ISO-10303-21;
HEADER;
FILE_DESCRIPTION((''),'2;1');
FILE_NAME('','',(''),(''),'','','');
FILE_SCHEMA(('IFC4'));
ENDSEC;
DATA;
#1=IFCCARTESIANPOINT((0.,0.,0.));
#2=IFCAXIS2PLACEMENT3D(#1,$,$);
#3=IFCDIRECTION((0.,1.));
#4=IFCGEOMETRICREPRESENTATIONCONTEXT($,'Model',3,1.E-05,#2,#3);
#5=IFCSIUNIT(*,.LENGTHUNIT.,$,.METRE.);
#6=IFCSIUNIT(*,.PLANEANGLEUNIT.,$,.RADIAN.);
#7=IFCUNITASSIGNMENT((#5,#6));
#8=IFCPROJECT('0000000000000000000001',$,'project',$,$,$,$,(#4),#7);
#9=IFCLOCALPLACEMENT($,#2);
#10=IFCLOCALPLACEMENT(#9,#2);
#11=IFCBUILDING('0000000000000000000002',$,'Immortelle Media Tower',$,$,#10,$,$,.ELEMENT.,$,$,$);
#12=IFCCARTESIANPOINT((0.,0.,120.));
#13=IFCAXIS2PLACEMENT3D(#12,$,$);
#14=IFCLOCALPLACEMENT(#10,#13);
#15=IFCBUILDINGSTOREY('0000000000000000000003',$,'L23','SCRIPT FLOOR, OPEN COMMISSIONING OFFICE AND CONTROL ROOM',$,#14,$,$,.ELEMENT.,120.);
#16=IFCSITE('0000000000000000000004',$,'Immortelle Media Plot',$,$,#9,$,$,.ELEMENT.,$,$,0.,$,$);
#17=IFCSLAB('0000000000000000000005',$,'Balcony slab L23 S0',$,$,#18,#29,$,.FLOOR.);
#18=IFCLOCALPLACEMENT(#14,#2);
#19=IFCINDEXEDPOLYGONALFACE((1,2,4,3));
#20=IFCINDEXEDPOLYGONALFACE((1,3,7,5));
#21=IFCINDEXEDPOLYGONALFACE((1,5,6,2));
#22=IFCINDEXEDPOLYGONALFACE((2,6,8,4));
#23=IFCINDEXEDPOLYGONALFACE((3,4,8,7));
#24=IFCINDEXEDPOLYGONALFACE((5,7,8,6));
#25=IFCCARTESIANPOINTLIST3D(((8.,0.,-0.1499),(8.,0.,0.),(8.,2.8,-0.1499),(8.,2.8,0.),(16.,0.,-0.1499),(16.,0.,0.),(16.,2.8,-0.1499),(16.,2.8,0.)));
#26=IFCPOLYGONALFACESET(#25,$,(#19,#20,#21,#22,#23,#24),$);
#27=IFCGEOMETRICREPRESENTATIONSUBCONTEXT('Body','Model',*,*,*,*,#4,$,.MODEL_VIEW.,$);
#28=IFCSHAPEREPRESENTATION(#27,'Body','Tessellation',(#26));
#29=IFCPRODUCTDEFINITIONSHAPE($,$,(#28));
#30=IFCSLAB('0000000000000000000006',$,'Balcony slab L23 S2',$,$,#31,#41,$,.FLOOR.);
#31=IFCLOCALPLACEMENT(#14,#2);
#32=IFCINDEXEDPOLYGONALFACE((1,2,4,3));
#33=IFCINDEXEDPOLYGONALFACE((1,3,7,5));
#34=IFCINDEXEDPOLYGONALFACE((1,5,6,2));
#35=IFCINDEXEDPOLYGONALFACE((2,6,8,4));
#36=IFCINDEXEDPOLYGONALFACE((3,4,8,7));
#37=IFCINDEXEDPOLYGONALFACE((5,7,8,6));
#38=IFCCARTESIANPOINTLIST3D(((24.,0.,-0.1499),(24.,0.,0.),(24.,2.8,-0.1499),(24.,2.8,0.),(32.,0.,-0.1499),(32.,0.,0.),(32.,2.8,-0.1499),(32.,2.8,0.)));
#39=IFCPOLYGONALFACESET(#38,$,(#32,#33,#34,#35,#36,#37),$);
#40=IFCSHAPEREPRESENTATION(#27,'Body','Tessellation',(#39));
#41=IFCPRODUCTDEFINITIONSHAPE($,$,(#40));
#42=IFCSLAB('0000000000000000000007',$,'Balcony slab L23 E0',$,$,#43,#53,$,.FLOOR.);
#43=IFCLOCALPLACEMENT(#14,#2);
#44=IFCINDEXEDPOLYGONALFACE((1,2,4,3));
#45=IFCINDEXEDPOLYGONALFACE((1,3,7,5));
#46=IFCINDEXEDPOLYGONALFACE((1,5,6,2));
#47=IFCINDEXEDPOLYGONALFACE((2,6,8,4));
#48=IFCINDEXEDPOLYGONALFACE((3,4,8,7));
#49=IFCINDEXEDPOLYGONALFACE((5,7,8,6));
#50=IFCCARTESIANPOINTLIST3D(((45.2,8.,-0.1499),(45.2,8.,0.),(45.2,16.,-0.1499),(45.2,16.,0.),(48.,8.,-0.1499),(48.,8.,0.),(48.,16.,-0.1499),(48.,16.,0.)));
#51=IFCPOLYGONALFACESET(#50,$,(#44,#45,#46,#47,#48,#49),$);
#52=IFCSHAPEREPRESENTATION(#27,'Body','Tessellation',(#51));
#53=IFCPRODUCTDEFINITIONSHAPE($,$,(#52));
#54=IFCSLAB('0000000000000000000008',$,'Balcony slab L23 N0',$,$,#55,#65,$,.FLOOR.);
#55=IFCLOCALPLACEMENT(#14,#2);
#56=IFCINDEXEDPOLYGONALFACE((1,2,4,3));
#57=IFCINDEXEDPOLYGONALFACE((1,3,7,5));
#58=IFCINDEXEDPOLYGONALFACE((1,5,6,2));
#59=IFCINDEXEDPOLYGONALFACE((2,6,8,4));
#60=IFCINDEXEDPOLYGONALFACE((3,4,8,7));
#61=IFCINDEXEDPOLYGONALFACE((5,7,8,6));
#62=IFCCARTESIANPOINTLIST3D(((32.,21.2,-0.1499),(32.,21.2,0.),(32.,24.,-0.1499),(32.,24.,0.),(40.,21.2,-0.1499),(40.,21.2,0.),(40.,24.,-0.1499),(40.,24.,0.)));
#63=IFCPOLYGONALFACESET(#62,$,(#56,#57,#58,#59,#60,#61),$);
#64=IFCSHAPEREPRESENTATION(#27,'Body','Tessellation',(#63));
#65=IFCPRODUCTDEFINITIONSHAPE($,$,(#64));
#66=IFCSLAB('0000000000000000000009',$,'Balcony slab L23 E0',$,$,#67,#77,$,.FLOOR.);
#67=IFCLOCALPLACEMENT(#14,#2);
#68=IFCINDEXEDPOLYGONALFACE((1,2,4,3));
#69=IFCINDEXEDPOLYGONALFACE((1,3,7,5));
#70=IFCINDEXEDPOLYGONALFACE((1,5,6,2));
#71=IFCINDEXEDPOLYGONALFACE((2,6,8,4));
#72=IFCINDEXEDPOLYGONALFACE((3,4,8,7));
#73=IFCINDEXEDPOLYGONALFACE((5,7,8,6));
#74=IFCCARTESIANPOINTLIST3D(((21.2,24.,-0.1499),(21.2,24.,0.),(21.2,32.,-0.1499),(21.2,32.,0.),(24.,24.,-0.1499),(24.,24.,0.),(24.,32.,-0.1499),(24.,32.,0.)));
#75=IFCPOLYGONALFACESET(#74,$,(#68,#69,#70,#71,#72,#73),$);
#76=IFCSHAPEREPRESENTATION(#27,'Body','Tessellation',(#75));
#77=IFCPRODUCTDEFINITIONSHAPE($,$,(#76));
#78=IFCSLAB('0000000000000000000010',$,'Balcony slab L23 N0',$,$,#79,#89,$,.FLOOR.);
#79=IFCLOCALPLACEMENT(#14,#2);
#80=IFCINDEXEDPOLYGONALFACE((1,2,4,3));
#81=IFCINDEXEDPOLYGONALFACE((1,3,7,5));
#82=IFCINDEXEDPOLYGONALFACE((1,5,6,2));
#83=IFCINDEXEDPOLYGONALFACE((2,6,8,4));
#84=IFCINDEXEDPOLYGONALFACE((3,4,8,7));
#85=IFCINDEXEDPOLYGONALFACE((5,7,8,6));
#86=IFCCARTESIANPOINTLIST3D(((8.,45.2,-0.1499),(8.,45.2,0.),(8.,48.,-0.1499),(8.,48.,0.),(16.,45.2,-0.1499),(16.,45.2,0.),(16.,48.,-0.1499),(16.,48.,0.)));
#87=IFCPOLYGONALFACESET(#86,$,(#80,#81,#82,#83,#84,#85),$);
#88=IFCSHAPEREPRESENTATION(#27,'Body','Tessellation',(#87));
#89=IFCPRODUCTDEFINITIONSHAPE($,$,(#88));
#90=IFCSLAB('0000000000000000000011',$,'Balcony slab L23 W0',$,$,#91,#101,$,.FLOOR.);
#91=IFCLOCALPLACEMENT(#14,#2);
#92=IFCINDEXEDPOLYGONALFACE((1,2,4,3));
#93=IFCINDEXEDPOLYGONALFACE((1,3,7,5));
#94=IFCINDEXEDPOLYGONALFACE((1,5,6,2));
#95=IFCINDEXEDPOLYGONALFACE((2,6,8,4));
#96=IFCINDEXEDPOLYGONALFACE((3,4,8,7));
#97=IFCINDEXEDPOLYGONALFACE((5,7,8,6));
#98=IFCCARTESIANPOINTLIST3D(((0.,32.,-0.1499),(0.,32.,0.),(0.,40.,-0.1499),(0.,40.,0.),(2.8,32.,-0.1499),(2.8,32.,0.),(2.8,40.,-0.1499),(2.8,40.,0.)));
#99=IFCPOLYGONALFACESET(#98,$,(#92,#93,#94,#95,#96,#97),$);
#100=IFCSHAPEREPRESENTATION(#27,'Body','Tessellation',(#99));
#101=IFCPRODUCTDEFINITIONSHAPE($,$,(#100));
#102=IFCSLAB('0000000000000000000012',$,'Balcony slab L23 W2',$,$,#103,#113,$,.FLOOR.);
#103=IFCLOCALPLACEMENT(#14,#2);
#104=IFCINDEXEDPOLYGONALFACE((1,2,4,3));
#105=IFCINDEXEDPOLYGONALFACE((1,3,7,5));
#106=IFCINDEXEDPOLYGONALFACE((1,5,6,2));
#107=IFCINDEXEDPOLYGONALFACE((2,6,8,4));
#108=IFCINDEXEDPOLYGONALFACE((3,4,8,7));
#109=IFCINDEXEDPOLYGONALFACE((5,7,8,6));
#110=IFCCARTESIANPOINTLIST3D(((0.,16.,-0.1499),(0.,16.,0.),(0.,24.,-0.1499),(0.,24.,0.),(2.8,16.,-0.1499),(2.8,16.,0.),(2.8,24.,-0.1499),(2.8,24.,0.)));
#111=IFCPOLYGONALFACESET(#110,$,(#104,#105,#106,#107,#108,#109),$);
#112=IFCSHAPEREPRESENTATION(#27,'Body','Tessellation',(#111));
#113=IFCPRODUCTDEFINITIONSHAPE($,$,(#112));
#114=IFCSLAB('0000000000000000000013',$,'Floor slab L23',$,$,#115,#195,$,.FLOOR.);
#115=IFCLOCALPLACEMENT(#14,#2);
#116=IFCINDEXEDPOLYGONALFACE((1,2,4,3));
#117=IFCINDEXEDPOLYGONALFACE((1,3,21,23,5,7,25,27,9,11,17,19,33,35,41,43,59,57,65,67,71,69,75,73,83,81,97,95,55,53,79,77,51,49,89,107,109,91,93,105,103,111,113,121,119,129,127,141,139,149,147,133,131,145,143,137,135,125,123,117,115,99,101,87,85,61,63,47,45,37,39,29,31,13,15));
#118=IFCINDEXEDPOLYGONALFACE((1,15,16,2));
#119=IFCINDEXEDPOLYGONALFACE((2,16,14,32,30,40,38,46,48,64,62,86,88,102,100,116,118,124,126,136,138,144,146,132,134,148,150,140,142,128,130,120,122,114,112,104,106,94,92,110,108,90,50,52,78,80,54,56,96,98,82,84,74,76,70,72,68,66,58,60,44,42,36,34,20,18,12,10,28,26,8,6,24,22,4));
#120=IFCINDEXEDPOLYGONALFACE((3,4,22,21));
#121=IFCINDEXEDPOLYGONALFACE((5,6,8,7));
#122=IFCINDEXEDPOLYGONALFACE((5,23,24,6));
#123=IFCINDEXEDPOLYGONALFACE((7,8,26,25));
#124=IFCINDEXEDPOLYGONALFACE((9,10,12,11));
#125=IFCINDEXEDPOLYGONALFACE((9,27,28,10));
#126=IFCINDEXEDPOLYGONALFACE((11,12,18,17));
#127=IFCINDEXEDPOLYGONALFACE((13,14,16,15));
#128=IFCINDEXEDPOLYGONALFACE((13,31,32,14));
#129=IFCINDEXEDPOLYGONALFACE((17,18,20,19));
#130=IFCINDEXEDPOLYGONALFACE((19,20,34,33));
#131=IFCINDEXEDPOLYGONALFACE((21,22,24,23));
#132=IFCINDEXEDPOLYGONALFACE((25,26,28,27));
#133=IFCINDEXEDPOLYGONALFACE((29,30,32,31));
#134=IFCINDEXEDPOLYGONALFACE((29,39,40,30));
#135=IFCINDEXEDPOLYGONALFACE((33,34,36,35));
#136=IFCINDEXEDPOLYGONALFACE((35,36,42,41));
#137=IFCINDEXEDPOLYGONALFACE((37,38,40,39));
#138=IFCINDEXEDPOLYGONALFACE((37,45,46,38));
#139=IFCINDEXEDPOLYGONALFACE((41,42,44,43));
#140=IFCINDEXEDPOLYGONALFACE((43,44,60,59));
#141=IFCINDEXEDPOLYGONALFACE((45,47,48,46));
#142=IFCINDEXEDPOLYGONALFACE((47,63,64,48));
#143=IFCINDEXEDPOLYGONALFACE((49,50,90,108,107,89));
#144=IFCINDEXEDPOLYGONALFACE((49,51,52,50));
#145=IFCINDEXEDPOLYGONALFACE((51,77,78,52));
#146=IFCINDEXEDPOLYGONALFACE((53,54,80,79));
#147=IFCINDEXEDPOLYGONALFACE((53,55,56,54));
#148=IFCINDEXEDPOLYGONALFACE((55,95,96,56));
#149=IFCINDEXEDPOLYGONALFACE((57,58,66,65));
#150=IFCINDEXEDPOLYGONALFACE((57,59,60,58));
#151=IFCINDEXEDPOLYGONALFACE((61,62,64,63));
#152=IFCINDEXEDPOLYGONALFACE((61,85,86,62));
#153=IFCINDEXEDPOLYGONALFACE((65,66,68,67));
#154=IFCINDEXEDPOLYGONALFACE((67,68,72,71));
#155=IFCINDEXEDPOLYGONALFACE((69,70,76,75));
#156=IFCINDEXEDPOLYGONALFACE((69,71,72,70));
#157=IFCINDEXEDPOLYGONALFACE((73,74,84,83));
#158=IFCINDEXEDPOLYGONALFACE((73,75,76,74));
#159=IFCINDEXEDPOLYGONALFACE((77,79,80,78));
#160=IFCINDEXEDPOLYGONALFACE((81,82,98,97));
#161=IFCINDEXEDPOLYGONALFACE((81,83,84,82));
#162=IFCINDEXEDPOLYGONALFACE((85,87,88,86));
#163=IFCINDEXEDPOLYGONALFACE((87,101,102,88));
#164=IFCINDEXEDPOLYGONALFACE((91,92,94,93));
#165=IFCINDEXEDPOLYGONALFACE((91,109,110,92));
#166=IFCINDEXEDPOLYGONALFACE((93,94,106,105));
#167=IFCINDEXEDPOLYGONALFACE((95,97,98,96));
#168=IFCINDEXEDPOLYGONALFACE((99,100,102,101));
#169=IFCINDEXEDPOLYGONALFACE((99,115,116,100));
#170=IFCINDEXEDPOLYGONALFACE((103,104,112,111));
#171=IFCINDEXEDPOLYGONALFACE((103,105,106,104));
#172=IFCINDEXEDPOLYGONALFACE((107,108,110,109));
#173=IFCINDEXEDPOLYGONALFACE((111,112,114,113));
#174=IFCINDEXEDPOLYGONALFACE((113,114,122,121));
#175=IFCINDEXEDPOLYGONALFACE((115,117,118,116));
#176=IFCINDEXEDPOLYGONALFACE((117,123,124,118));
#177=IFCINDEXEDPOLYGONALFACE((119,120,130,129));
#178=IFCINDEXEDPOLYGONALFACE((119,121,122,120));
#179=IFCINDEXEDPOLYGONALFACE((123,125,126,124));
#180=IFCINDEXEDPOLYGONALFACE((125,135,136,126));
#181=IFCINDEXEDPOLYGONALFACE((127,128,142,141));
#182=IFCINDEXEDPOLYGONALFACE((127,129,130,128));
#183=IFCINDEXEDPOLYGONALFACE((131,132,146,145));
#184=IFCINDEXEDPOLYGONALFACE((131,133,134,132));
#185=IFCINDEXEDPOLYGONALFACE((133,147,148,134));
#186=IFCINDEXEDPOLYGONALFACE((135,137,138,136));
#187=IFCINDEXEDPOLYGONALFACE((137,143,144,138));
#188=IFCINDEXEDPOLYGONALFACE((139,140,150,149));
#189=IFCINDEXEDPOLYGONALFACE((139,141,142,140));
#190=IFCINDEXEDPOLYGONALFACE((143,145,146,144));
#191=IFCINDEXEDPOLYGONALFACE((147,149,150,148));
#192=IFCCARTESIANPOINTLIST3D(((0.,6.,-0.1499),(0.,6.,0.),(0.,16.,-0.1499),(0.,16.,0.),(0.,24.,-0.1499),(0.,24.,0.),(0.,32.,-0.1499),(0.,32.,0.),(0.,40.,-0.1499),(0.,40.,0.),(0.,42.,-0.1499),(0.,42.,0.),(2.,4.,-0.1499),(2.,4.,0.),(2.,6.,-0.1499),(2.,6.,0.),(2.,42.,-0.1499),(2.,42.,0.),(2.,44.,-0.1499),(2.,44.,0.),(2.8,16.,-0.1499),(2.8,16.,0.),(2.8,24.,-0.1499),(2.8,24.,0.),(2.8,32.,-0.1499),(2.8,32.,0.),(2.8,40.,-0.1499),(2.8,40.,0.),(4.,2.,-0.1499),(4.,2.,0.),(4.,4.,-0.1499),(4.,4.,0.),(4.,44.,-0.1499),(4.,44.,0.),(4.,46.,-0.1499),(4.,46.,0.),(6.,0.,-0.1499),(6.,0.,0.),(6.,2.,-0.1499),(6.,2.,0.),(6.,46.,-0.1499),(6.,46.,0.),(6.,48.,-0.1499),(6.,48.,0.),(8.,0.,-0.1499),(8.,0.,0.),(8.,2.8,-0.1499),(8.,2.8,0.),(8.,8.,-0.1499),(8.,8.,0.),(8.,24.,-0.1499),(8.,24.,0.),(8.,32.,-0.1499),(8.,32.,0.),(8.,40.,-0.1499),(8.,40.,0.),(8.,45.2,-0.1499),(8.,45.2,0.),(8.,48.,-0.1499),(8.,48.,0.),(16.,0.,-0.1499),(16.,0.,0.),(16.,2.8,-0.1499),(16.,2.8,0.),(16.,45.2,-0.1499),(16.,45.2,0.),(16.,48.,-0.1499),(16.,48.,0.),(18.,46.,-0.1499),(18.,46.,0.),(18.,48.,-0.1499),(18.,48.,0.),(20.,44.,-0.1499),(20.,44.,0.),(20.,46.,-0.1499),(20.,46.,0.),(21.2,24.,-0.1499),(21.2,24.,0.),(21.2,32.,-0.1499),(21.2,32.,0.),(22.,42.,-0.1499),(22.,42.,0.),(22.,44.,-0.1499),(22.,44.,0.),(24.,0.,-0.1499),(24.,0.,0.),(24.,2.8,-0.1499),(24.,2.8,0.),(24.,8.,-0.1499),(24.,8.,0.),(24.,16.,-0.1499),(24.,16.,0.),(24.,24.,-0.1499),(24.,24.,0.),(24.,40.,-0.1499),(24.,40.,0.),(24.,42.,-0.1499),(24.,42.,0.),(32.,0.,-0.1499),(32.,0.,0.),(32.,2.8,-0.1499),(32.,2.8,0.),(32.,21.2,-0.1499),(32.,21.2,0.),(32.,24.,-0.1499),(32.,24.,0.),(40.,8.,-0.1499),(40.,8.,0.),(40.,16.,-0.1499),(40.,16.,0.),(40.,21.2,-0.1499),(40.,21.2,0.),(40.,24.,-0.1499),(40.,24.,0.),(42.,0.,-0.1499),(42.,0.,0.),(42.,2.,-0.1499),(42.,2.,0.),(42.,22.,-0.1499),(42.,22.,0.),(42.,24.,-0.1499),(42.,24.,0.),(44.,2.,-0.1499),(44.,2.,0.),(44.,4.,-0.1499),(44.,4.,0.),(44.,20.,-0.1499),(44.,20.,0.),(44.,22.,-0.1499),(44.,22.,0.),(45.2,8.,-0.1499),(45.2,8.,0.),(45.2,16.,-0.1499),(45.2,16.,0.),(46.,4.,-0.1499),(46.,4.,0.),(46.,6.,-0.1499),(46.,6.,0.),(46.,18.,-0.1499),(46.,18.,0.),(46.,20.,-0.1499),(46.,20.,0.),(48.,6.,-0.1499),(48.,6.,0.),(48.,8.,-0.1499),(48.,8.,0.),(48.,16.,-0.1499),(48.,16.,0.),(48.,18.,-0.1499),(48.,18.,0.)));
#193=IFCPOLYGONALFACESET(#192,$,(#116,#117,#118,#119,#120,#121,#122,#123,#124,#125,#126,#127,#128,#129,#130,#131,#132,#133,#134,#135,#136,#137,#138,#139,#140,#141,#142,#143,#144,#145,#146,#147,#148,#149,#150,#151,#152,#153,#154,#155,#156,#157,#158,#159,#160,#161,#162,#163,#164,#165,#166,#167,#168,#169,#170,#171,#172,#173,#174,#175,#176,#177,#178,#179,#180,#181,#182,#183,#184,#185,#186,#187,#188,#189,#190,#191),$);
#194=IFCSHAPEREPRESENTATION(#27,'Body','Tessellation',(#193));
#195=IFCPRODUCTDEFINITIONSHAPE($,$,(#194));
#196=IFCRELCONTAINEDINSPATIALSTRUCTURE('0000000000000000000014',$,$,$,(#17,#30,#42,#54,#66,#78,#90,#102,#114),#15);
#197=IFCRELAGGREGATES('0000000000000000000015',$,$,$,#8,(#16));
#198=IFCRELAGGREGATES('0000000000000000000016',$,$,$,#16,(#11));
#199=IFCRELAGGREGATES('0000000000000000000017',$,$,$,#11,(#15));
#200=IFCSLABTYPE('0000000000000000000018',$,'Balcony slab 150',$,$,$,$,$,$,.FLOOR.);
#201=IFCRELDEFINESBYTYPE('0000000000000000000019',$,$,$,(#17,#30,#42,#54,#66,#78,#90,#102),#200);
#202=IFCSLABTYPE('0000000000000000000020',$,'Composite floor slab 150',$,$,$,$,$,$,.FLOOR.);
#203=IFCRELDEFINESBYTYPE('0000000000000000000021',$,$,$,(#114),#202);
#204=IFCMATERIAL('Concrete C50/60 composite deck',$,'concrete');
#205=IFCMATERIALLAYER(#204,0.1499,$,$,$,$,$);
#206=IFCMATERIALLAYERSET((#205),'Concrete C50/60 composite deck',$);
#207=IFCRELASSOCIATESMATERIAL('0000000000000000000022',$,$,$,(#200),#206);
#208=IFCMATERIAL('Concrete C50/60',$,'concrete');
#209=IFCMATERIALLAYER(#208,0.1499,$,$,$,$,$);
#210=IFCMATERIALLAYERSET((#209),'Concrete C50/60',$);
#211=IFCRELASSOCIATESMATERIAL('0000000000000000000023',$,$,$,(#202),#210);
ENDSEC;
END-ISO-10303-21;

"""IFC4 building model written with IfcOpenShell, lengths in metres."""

from ifc_helpers import new_model, si_unit, direction, frame, origin, place, context, subcontext, project, spatial, polyline, outline, extrude, material, layer, layer_set, type_object, element, save


model = new_model("IFC4")

# Units and contexts
model_context = context("Model", 3, precision=1e-05, world=origin(), true_north=direction((0.0, 1.0)))
body_context = subcontext(model_context, "Body", "Model", "MODEL_VIEW")
ifc_project = project(units=[si_unit("LENGTHUNIT", "METRE"), si_unit("PLANEANGLEUNIT", "RADIAN")], contexts=[model_context])

# Site, building, storey
site_placement = place(None, origin())
site = spatial("IfcSite", under=ifc_project, at=site_placement, Name="Immortelle Media Plot", CompositionType="ELEMENT", RefElevation=0.0)
building_placement = place(site_placement, origin())
building = spatial("IfcBuilding", under=site, at=building_placement, Name="Immortelle Media Tower", CompositionType="ELEMENT")
storey_placement = place(building_placement, frame((0.0, 0.0, 120.0)))
storey = spatial("IfcBuildingStorey", under=building, at=storey_placement, Name="L23", Description="SCRIPT FLOOR, OPEN COMMISSIONING OFFICE AND CONTROL ROOM", CompositionType="ELEMENT", Elevation=120.0)

# Slabs
ifc_material_1 = material(Name="Concrete C50/60 composite deck", Category="concrete")
ifc_layer_1 = layer(ifc_material_1, 0.1499)
ifc_layer_set_1 = layer_set([ifc_layer_1], Name="Concrete C50/60 composite deck")
slab_type_1 = type_object("IfcSlabType", Name="Balcony slab 150", PredefinedType="FLOOR", material=ifc_layer_set_1)
slab_1_placement = place(storey_placement, frame((0.0, 0.0, -0.1499)))
element("IfcSlab", 1, at=slab_1_placement, inside=storey, type_object=slab_type_1, Name="Balcony slab L23 S0", PredefinedType="FLOOR", context=body_context, shape_type="SweptSolid", body=[
    extrude(outline(polyline([(16.0, 0.0), (16.0, 2.8), (8.0, 2.8), (8.0, 0.0), (16.0, 0.0)])), origin(), (0.0, 0.0, 1.0), 0.1499),
])
slab_2_placement = place(storey_placement, frame((0.0, 0.0, -0.1499)))
element("IfcSlab", 2, at=slab_2_placement, inside=storey, type_object=slab_type_1, Name="Balcony slab L23 S2", PredefinedType="FLOOR", context=body_context, shape_type="SweptSolid", body=[
    extrude(outline(polyline([(32.0, 0.0), (32.0, 2.8), (24.0, 2.8), (24.0, 0.0), (32.0, 0.0)])), origin(), (0.0, 0.0, 1.0), 0.1499),
])
slab_3_placement = place(storey_placement, frame((0.0, 0.0, -0.1499)))
element("IfcSlab", 3, at=slab_3_placement, inside=storey, type_object=slab_type_1, Name="Balcony slab L23 E0", PredefinedType="FLOOR", context=body_context, shape_type="SweptSolid", body=[
    extrude(outline(polyline([(48.0, 8.0), (48.0, 16.0), (45.2, 16.0), (45.2, 8.0), (48.0, 8.0)])), origin(), (0.0, 0.0, 1.0), 0.1499),
])
slab_4_placement = place(storey_placement, frame((0.0, 0.0, -0.1499)))
element("IfcSlab", 4, at=slab_4_placement, inside=storey, type_object=slab_type_1, Name="Balcony slab L23 N0", PredefinedType="FLOOR", context=body_context, shape_type="SweptSolid", body=[
    extrude(outline(polyline([(40.0, 21.2), (40.0, 24.0), (32.0, 24.0), (32.0, 21.2), (40.0, 21.2)])), origin(), (0.0, 0.0, 1.0), 0.1499),
])
slab_5_placement = place(storey_placement, frame((0.0, 0.0, -0.1499)))
element("IfcSlab", 5, at=slab_5_placement, inside=storey, type_object=slab_type_1, Name="Balcony slab L23 E0", PredefinedType="FLOOR", context=body_context, shape_type="SweptSolid", body=[
    extrude(outline(polyline([(24.0, 24.0), (24.0, 32.0), (21.2, 32.0), (21.2, 24.0), (24.0, 24.0)])), origin(), (0.0, 0.0, 1.0), 0.1499),
])
slab_6_placement = place(storey_placement, frame((0.0, 0.0, -0.1499)))
element("IfcSlab", 6, at=slab_6_placement, inside=storey, type_object=slab_type_1, Name="Balcony slab L23 N0", PredefinedType="FLOOR", context=body_context, shape_type="SweptSolid", body=[
    extrude(outline(polyline([(16.0, 45.2), (16.0, 48.0), (8.0, 48.0), (8.0, 45.2), (16.0, 45.2)])), origin(), (0.0, 0.0, 1.0), 0.1499),
])
slab_7_placement = place(storey_placement, frame((0.0, 0.0, -0.1499)))
element("IfcSlab", 7, at=slab_7_placement, inside=storey, type_object=slab_type_1, Name="Balcony slab L23 W0", PredefinedType="FLOOR", context=body_context, shape_type="SweptSolid", body=[
    extrude(outline(polyline([(2.8, 32.0), (2.8, 40.0), (0.0, 40.0), (0.0, 32.0), (2.8, 32.0)])), origin(), (0.0, 0.0, 1.0), 0.1499),
])
slab_8_placement = place(storey_placement, frame((0.0, 0.0, -0.1499)))
element("IfcSlab", 8, at=slab_8_placement, inside=storey, type_object=slab_type_1, Name="Balcony slab L23 W2", PredefinedType="FLOOR", context=body_context, shape_type="SweptSolid", body=[
    extrude(outline(polyline([(2.8, 16.0), (2.8, 24.0), (0.0, 24.0), (0.0, 16.0), (2.8, 16.0)])), origin(), (0.0, 0.0, 1.0), 0.1499),
])
ifc_material_2 = material(Name="Concrete C50/60", Category="concrete")
ifc_layer_2 = layer(ifc_material_2, 0.1499)
ifc_layer_set_2 = layer_set([ifc_layer_2], Name="Concrete C50/60")
slab_type_2 = type_object("IfcSlabType", Name="Composite floor slab 150", PredefinedType="FLOOR", material=ifc_layer_set_2)
slab_9_placement = place(storey_placement, frame((0.0, 0.0, -0.1499)))
element("IfcSlab", 9, at=slab_9_placement, inside=storey, type_object=slab_type_2, Name="Floor slab L23", PredefinedType="FLOOR", context=body_context, shape_type="SweptSolid", body=[
    extrude(outline(polyline([(6.0, 0.0), (6.0, 2.0), (4.0, 2.0), (4.0, 4.0), (2.0, 4.0), (2.0, 6.0), (0.0, 6.0), (0.0, 16.0), (2.8, 16.0), (2.8, 24.0), (0.0, 24.0), (0.0, 32.0), (2.8, 32.0), (2.8, 40.0), (0.0, 40.0), (0.0, 42.0), (2.0, 42.0), (2.0, 44.0), (4.0, 44.0), (4.0, 46.0), (6.0, 46.0), (6.0, 48.0), (8.0, 48.0), (8.0, 45.2), (16.0, 45.2), (16.0, 48.0), (18.0, 48.0), (18.0, 46.0), (20.0, 46.0), (20.0, 44.0), (22.0, 44.0), (22.0, 42.0), (24.0, 42.0), (24.0, 40.0), (8.0, 40.0), (8.0, 32.0), (21.2, 32.0), (21.2, 24.0), (8.0, 24.0), (8.0, 8.0), (24.0, 8.0), (40.0, 8.0), (40.0, 16.0), (24.0, 16.0), (24.0, 24.0), (32.0, 24.0), (32.0, 21.2), (40.0, 21.2), (40.0, 24.0), (42.0, 24.0), (42.0, 22.0), (44.0, 22.0), (44.0, 20.0), (46.0, 20.0), (46.0, 18.0), (48.0, 18.0), (48.0, 16.0), (45.2, 16.0), (45.2, 8.0), (48.0, 8.0), (48.0, 6.0), (46.0, 6.0), (46.0, 4.0), (44.0, 4.0), (44.0, 2.0), (42.0, 2.0), (42.0, 0.0), (32.0, 0.0), (32.0, 2.8), (24.0, 2.8), (24.0, 0.0), (16.0, 0.0), (16.0, 2.8), (8.0, 2.8), (8.0, 0.0), (6.0, 0.0)])), origin(), (0.0, 0.0, 1.0), 0.1499),
])

save(model, "model.ifc")
